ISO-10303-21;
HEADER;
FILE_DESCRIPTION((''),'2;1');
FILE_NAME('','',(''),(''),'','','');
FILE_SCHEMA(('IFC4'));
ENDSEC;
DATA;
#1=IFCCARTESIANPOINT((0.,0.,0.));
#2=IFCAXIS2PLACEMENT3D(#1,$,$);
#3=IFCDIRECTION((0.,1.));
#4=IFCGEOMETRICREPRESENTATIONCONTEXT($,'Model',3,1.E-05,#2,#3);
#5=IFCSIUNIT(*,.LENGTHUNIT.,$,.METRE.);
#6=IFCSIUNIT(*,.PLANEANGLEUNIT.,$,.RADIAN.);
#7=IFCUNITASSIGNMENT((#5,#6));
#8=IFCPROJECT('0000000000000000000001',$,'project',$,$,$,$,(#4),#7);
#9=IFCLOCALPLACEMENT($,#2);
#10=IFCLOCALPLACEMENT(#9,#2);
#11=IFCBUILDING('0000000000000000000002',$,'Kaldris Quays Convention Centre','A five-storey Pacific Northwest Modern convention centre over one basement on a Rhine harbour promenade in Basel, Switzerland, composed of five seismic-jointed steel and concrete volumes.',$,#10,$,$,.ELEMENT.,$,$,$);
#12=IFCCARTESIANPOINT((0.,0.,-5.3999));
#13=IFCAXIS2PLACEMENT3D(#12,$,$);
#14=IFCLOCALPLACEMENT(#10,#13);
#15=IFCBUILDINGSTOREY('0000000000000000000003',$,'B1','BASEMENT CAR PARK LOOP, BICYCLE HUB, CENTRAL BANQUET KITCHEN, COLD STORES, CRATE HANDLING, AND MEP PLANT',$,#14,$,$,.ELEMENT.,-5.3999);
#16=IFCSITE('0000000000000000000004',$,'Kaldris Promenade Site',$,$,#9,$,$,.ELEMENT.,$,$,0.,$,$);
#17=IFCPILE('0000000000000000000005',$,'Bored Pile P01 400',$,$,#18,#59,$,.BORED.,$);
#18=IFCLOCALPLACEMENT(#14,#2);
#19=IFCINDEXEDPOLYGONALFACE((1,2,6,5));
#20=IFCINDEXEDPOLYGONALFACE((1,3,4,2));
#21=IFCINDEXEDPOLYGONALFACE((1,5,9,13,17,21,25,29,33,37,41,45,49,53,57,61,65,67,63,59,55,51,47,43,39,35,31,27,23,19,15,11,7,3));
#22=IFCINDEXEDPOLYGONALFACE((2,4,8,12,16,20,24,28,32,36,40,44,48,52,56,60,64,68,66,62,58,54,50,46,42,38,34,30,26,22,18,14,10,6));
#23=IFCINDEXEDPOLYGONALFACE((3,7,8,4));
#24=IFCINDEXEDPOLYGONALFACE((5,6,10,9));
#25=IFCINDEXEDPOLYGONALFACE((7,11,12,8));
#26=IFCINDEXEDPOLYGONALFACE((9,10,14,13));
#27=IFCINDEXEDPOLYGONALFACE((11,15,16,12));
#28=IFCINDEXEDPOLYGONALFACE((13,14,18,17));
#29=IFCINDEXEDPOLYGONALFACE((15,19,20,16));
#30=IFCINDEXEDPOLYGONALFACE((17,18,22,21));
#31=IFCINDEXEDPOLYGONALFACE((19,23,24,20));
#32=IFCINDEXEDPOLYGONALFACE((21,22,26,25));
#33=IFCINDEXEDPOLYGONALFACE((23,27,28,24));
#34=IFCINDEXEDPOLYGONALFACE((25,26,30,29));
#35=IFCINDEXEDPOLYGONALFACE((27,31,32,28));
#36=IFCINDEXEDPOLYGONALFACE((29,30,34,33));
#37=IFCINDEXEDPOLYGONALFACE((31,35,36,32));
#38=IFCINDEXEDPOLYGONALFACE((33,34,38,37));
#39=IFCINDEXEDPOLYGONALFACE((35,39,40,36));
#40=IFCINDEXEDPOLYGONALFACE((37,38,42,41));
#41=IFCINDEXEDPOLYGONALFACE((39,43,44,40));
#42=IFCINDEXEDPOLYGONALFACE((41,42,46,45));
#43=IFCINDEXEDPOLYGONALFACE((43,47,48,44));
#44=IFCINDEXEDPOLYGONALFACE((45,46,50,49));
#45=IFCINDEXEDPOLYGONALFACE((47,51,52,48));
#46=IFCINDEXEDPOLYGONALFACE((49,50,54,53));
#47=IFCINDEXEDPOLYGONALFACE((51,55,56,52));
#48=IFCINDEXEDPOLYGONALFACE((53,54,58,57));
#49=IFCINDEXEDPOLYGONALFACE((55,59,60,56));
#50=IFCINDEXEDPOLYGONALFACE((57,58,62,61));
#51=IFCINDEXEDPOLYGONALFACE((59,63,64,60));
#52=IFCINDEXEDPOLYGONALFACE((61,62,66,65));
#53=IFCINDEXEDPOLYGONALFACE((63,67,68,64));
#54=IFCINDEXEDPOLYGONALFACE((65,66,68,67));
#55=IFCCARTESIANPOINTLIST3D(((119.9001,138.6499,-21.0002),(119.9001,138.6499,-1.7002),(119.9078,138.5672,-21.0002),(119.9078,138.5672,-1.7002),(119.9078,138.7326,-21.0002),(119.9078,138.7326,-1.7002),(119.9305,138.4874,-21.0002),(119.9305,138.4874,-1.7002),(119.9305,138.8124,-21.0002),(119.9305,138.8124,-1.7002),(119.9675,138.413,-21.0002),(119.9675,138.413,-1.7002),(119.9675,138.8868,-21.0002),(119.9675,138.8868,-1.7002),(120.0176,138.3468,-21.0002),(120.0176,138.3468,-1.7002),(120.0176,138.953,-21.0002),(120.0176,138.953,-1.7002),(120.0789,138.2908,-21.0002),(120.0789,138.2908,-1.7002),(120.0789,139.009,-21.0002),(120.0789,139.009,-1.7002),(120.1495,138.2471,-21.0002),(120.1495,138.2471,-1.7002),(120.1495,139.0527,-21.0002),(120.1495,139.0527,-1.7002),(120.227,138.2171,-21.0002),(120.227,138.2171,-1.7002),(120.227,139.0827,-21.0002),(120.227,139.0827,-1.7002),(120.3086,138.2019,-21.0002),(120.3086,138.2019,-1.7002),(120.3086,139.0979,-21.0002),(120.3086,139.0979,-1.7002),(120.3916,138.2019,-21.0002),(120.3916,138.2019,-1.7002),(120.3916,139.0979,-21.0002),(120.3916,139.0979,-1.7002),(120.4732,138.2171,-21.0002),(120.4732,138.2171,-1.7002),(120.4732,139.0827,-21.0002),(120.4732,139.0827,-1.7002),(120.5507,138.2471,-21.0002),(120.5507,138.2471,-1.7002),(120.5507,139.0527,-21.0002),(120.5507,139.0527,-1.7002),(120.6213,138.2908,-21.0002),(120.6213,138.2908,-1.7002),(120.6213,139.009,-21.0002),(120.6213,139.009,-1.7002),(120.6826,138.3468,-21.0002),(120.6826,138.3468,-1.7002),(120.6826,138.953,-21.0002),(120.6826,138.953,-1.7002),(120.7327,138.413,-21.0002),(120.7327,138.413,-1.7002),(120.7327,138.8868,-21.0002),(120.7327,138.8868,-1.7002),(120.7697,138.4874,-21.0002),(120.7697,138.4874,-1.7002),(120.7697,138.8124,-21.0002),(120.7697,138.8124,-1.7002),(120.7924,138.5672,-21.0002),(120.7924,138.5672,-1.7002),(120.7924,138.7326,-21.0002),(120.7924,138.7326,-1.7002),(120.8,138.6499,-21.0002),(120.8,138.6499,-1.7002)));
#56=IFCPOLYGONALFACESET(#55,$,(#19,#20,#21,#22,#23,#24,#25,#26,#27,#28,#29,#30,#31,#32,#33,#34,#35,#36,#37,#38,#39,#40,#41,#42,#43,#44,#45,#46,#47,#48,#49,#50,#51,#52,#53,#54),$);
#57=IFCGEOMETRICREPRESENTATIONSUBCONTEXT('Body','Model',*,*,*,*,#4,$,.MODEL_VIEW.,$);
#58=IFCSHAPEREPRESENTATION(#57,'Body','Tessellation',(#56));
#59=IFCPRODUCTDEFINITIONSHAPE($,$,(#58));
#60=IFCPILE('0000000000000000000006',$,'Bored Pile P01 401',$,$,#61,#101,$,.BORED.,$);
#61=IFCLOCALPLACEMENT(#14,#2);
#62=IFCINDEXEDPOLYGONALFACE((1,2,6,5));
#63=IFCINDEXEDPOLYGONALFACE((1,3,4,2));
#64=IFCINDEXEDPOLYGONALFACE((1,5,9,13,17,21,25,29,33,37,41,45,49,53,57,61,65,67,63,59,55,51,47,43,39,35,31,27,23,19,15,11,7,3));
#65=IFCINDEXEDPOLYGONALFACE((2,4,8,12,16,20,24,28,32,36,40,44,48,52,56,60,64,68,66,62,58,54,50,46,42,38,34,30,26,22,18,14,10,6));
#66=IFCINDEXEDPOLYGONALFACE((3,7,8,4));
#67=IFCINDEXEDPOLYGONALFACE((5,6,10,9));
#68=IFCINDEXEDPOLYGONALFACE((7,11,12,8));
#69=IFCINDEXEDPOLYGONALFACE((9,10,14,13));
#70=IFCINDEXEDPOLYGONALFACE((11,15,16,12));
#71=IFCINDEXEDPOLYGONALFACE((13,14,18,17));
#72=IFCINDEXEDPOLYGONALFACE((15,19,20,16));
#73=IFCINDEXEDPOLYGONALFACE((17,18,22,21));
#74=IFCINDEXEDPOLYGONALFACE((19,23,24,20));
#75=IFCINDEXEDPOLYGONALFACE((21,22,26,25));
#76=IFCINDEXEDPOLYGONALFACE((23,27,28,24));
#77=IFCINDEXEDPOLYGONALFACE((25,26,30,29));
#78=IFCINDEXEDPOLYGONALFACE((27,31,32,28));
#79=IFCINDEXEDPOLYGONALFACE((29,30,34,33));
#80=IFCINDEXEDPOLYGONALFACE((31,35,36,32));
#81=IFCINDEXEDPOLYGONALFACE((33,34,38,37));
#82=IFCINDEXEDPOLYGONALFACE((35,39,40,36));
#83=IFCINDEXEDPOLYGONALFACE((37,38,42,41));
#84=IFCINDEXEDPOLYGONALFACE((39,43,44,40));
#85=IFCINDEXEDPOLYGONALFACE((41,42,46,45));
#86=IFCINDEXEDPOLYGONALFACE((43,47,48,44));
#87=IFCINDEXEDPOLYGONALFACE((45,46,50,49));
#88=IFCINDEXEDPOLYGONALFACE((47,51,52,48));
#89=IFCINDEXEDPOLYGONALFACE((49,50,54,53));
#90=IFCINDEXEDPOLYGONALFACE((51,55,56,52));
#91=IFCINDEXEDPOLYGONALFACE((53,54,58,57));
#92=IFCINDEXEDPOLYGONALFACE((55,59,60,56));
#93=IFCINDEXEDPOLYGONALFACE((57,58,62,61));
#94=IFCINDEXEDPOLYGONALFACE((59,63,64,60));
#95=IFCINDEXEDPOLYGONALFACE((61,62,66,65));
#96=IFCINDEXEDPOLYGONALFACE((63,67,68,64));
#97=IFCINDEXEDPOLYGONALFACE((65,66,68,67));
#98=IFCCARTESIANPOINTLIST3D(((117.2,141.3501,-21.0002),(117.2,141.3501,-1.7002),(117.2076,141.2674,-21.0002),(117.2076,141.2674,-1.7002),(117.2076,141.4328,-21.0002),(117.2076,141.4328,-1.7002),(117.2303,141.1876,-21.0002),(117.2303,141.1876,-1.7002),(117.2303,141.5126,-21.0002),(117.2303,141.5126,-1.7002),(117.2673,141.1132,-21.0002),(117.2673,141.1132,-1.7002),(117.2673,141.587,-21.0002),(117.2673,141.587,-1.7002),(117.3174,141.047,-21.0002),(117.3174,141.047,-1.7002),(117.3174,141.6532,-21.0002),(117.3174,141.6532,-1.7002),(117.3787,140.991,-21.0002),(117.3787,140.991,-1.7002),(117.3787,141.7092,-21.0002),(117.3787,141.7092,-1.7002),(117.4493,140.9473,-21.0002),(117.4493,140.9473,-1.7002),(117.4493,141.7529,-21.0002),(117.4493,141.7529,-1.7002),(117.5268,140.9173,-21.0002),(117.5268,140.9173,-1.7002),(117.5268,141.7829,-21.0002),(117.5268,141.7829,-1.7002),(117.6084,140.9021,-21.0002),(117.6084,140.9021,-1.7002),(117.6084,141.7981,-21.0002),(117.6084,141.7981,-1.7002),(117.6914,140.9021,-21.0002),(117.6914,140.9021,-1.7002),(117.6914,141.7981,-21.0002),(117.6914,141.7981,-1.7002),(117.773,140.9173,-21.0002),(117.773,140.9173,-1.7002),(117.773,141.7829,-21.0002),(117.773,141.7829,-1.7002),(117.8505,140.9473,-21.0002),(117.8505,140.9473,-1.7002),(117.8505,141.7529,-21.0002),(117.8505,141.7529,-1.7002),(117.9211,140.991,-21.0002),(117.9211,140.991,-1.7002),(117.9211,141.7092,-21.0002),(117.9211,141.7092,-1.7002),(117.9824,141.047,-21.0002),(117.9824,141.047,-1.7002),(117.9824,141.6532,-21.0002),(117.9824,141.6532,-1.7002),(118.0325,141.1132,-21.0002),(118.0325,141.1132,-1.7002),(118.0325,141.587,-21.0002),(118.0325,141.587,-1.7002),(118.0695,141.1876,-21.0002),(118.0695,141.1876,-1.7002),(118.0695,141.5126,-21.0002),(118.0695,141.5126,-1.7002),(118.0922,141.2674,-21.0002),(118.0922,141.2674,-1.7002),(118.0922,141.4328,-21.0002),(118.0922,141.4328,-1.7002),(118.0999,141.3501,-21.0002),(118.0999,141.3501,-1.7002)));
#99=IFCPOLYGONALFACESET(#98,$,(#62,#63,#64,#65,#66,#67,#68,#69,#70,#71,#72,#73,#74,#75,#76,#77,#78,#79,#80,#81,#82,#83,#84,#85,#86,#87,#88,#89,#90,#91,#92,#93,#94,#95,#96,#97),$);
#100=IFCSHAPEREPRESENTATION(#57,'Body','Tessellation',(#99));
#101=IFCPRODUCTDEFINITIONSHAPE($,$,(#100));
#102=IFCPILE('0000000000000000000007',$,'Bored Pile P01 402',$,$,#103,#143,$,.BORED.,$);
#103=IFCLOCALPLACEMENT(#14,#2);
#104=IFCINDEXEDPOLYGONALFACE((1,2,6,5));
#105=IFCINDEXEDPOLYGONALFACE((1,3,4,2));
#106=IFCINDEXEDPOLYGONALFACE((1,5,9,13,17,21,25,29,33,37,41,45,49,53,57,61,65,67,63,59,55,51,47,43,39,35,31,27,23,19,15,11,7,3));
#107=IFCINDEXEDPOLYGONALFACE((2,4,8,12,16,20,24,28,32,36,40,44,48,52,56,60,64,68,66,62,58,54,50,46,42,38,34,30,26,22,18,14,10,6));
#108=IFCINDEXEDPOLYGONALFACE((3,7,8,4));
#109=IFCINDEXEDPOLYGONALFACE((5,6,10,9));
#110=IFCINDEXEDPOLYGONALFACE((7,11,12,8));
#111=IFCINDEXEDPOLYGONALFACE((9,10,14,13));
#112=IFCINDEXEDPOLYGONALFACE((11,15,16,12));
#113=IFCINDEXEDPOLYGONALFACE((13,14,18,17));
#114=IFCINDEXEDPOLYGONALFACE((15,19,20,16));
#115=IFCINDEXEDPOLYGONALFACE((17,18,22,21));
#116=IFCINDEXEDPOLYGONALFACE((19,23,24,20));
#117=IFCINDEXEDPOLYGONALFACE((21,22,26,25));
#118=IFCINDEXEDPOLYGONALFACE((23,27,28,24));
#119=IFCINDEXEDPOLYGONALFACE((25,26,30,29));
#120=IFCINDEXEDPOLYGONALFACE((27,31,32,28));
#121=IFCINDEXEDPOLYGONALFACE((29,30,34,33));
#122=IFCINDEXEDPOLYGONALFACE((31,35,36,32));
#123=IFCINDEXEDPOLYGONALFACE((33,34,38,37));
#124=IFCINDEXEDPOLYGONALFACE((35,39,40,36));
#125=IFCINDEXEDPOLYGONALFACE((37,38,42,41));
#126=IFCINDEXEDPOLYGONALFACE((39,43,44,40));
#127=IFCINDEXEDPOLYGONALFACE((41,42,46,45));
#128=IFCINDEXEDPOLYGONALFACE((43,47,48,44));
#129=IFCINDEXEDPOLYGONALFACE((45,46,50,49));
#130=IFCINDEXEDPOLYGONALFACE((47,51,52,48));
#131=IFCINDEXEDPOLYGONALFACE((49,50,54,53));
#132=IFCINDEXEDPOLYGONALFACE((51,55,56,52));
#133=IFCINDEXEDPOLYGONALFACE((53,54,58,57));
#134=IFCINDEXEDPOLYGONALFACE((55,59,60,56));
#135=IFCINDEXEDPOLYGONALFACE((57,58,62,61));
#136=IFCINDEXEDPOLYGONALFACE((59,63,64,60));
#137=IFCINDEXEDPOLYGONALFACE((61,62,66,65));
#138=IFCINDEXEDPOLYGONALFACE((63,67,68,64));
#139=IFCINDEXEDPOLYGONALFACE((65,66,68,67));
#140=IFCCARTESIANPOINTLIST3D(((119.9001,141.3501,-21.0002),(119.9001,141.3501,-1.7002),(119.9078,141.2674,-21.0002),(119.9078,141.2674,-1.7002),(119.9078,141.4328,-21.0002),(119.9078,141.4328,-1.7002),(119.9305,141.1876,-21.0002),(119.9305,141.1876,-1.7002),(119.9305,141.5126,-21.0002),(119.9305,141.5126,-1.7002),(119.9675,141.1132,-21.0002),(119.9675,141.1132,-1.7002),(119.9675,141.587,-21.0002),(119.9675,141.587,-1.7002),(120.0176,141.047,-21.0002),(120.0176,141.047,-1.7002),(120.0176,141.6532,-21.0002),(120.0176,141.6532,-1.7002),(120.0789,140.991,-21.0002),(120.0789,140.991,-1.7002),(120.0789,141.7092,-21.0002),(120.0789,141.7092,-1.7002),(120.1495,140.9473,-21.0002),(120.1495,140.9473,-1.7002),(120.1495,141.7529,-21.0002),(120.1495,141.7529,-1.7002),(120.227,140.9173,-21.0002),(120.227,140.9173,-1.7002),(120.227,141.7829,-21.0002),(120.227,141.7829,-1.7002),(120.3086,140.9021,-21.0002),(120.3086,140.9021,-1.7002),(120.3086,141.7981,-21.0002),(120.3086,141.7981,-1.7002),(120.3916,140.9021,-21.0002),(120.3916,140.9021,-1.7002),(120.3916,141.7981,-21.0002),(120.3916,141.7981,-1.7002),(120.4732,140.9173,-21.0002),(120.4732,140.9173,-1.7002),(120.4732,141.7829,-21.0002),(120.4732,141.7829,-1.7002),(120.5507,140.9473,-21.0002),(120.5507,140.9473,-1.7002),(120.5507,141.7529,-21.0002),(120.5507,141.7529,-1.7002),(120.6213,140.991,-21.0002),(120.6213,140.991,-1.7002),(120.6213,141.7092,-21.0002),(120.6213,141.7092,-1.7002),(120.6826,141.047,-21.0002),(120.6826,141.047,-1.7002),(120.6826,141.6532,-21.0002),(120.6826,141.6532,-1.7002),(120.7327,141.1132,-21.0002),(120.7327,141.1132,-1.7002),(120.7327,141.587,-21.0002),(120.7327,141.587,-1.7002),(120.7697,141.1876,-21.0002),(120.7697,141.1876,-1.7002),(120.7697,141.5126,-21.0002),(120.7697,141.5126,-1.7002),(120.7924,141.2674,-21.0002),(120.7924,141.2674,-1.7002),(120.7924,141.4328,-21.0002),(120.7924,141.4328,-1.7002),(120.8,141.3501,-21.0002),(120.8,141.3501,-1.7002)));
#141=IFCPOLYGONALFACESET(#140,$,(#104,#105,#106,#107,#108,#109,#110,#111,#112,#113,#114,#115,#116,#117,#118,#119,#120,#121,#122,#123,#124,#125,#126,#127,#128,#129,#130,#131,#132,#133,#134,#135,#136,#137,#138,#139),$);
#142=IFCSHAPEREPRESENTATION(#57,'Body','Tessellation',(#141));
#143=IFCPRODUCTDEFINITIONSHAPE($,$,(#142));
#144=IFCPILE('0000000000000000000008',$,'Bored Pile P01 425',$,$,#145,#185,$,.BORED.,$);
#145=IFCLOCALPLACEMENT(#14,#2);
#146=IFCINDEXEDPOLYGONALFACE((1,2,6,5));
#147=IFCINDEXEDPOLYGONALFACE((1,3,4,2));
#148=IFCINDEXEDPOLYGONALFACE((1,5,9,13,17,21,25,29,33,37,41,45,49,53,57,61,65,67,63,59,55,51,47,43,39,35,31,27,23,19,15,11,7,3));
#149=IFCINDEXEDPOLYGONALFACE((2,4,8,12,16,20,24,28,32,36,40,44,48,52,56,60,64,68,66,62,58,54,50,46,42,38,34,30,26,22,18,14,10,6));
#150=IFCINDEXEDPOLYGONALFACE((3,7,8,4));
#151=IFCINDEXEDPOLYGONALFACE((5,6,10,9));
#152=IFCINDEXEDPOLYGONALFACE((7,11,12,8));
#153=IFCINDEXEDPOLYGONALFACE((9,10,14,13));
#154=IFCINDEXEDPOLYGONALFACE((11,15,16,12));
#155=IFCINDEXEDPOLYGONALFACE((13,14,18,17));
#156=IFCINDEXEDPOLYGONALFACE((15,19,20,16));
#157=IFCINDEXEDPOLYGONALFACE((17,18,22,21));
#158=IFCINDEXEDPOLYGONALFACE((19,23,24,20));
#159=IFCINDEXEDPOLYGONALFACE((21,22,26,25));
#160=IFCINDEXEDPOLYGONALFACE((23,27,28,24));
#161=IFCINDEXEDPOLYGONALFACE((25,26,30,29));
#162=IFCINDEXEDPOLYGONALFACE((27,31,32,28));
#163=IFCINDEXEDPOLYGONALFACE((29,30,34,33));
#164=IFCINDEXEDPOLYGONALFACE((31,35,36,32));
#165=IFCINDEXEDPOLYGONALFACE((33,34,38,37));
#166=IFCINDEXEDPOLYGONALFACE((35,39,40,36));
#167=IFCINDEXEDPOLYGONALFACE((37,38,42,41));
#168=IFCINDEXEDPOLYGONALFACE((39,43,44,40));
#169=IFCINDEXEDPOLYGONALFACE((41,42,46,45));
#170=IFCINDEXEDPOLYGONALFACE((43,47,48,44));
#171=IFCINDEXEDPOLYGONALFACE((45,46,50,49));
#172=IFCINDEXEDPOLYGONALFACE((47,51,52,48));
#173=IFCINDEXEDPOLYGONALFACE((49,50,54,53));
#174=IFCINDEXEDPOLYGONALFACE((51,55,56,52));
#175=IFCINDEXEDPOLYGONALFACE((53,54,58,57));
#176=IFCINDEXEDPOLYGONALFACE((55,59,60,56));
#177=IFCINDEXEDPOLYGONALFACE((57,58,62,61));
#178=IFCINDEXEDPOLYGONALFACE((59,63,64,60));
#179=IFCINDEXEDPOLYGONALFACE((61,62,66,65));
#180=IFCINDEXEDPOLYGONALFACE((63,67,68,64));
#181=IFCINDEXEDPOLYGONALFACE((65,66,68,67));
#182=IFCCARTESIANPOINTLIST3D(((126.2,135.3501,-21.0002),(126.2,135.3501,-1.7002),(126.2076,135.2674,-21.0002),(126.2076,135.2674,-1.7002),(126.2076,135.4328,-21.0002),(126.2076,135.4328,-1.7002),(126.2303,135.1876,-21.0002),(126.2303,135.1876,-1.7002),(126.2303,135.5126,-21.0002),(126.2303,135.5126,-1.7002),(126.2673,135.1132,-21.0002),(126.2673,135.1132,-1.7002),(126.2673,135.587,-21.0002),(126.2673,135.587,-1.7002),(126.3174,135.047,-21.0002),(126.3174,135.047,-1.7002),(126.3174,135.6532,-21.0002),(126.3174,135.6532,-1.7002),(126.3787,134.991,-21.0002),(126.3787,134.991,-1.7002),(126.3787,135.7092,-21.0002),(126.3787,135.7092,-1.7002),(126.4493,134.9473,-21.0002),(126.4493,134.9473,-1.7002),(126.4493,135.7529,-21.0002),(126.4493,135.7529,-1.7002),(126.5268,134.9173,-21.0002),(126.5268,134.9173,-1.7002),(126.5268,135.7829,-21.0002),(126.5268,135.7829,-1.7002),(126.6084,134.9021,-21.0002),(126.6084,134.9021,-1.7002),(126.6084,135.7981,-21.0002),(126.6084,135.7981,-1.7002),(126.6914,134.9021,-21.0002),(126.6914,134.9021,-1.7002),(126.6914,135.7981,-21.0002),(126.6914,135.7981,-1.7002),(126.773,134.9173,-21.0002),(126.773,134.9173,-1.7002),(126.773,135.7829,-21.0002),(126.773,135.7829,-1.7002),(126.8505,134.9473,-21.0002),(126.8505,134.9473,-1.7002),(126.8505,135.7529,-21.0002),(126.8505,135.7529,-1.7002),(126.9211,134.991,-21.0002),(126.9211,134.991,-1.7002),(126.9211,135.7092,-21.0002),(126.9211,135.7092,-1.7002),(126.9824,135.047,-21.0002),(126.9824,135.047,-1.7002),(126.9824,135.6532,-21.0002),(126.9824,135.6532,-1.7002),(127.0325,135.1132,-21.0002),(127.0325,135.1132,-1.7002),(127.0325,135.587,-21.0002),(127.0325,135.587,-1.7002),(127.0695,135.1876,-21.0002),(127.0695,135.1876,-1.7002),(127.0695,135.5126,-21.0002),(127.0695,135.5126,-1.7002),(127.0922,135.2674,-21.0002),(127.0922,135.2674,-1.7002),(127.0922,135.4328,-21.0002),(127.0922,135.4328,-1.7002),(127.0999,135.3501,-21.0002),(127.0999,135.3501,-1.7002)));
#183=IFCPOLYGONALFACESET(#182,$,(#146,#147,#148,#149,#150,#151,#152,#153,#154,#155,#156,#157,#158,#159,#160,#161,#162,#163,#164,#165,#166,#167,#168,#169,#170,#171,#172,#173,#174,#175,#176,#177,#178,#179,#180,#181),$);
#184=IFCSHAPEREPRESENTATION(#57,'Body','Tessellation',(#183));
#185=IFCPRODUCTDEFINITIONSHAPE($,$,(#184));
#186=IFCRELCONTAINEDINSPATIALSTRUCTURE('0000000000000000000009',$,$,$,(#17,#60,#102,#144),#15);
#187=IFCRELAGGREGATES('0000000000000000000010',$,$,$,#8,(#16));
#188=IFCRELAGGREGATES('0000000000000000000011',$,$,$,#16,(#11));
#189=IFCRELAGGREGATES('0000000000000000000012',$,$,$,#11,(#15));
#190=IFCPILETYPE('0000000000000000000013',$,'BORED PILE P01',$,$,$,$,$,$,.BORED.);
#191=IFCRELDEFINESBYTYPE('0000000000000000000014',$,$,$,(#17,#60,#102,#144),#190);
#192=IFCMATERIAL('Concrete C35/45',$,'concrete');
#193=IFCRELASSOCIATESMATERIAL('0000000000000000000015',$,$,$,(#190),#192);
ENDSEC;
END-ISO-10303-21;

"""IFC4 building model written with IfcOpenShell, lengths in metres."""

from ifc_helpers import new_model, si_unit, direction, frame, origin, origin_2d, place, context, subcontext, project, spatial, circle, extrude, material, material_profile, profile_set, type_object, element, save


model = new_model("IFC4")

# Units and contexts
model_context = context("Model", 3, precision=1e-05, world=origin(), true_north=direction((0.0, 1.0)))
body_context = subcontext(model_context, "Body", "Model", "MODEL_VIEW")
ifc_project = project(units=[si_unit("LENGTHUNIT", "METRE"), si_unit("PLANEANGLEUNIT", "RADIAN")], contexts=[model_context])

# Site, building, storey
site_placement = place(None, origin())
site = spatial("IfcSite", under=ifc_project, at=site_placement, Name="Kaldris Promenade Site", CompositionType="ELEMENT", RefElevation=0.0)
building_placement = place(site_placement, origin())
building = spatial("IfcBuilding", under=site, at=building_placement, Name="Kaldris Quays Convention Centre", Description="A five-storey Pacific Northwest Modern convention centre over one basement on a Rhine harbour promenade in Basel, Switzerland, composed of five seismic-jointed steel and concrete volumes.", CompositionType="ELEMENT")
storey_placement = place(building_placement, frame((0.0, 0.0, -5.3999)))
storey = spatial("IfcBuildingStorey", under=building, at=storey_placement, Name="B1", Description="BASEMENT CAR PARK LOOP, BICYCLE HUB, CENTRAL BANQUET KITCHEN, COLD STORES, CRATE HANDLING, AND MEP PLANT", CompositionType="ELEMENT", Elevation=-5.3999)

# Piles
ifc_material_1 = material(Name="Concrete C35/45", Category="concrete")
ifc_material_profile_1 = material_profile(ifc_material_1, circle(Radius=0.45, at=origin_2d()), Name="BORED PILE D900")
ifc_profile_set_1 = profile_set([ifc_material_profile_1], Name="Concrete C35/45")
pile_type = type_object("IfcPileType", Name="BORED PILE P01", PredefinedType="BORED", material=ifc_profile_set_1)
for number, where, z_axis, x_axis, name in (
    (1, (120.3501, 138.6499, -1.7002), (0.0, 0.0, -1.0), (1.0, 0.0, 0.0), "Bored Pile P01 400"),
    (2, (117.6499, 141.3501, -1.7002), (0.0, 0.0, -1.0), (1.0, 0.0, 0.0), "Bored Pile P01 401"),
    (3, (120.3501, 141.3501, -1.7002), (0.0, 0.0, -1.0), (1.0, 0.0, 0.0), "Bored Pile P01 402"),
    (4, (126.6499, 135.3501, -1.7002), (0.0, 0.0, -1.0), (1.0, 0.0, 0.0), "Bored Pile P01 425"),
):
    element("IfcPile", number, at=place(storey_placement, frame(where, z_axis=z_axis, x_axis=x_axis)), inside=storey, type_object=pile_type, Name=name, PredefinedType="BORED", context=body_context, shape_type="SweptSolid", body=[
        extrude(circle(Radius=0.45, at=origin_2d()), origin(), (0.0, 0.0, 1.0), 19.3),
    ])

save(model, "model.ifc")
